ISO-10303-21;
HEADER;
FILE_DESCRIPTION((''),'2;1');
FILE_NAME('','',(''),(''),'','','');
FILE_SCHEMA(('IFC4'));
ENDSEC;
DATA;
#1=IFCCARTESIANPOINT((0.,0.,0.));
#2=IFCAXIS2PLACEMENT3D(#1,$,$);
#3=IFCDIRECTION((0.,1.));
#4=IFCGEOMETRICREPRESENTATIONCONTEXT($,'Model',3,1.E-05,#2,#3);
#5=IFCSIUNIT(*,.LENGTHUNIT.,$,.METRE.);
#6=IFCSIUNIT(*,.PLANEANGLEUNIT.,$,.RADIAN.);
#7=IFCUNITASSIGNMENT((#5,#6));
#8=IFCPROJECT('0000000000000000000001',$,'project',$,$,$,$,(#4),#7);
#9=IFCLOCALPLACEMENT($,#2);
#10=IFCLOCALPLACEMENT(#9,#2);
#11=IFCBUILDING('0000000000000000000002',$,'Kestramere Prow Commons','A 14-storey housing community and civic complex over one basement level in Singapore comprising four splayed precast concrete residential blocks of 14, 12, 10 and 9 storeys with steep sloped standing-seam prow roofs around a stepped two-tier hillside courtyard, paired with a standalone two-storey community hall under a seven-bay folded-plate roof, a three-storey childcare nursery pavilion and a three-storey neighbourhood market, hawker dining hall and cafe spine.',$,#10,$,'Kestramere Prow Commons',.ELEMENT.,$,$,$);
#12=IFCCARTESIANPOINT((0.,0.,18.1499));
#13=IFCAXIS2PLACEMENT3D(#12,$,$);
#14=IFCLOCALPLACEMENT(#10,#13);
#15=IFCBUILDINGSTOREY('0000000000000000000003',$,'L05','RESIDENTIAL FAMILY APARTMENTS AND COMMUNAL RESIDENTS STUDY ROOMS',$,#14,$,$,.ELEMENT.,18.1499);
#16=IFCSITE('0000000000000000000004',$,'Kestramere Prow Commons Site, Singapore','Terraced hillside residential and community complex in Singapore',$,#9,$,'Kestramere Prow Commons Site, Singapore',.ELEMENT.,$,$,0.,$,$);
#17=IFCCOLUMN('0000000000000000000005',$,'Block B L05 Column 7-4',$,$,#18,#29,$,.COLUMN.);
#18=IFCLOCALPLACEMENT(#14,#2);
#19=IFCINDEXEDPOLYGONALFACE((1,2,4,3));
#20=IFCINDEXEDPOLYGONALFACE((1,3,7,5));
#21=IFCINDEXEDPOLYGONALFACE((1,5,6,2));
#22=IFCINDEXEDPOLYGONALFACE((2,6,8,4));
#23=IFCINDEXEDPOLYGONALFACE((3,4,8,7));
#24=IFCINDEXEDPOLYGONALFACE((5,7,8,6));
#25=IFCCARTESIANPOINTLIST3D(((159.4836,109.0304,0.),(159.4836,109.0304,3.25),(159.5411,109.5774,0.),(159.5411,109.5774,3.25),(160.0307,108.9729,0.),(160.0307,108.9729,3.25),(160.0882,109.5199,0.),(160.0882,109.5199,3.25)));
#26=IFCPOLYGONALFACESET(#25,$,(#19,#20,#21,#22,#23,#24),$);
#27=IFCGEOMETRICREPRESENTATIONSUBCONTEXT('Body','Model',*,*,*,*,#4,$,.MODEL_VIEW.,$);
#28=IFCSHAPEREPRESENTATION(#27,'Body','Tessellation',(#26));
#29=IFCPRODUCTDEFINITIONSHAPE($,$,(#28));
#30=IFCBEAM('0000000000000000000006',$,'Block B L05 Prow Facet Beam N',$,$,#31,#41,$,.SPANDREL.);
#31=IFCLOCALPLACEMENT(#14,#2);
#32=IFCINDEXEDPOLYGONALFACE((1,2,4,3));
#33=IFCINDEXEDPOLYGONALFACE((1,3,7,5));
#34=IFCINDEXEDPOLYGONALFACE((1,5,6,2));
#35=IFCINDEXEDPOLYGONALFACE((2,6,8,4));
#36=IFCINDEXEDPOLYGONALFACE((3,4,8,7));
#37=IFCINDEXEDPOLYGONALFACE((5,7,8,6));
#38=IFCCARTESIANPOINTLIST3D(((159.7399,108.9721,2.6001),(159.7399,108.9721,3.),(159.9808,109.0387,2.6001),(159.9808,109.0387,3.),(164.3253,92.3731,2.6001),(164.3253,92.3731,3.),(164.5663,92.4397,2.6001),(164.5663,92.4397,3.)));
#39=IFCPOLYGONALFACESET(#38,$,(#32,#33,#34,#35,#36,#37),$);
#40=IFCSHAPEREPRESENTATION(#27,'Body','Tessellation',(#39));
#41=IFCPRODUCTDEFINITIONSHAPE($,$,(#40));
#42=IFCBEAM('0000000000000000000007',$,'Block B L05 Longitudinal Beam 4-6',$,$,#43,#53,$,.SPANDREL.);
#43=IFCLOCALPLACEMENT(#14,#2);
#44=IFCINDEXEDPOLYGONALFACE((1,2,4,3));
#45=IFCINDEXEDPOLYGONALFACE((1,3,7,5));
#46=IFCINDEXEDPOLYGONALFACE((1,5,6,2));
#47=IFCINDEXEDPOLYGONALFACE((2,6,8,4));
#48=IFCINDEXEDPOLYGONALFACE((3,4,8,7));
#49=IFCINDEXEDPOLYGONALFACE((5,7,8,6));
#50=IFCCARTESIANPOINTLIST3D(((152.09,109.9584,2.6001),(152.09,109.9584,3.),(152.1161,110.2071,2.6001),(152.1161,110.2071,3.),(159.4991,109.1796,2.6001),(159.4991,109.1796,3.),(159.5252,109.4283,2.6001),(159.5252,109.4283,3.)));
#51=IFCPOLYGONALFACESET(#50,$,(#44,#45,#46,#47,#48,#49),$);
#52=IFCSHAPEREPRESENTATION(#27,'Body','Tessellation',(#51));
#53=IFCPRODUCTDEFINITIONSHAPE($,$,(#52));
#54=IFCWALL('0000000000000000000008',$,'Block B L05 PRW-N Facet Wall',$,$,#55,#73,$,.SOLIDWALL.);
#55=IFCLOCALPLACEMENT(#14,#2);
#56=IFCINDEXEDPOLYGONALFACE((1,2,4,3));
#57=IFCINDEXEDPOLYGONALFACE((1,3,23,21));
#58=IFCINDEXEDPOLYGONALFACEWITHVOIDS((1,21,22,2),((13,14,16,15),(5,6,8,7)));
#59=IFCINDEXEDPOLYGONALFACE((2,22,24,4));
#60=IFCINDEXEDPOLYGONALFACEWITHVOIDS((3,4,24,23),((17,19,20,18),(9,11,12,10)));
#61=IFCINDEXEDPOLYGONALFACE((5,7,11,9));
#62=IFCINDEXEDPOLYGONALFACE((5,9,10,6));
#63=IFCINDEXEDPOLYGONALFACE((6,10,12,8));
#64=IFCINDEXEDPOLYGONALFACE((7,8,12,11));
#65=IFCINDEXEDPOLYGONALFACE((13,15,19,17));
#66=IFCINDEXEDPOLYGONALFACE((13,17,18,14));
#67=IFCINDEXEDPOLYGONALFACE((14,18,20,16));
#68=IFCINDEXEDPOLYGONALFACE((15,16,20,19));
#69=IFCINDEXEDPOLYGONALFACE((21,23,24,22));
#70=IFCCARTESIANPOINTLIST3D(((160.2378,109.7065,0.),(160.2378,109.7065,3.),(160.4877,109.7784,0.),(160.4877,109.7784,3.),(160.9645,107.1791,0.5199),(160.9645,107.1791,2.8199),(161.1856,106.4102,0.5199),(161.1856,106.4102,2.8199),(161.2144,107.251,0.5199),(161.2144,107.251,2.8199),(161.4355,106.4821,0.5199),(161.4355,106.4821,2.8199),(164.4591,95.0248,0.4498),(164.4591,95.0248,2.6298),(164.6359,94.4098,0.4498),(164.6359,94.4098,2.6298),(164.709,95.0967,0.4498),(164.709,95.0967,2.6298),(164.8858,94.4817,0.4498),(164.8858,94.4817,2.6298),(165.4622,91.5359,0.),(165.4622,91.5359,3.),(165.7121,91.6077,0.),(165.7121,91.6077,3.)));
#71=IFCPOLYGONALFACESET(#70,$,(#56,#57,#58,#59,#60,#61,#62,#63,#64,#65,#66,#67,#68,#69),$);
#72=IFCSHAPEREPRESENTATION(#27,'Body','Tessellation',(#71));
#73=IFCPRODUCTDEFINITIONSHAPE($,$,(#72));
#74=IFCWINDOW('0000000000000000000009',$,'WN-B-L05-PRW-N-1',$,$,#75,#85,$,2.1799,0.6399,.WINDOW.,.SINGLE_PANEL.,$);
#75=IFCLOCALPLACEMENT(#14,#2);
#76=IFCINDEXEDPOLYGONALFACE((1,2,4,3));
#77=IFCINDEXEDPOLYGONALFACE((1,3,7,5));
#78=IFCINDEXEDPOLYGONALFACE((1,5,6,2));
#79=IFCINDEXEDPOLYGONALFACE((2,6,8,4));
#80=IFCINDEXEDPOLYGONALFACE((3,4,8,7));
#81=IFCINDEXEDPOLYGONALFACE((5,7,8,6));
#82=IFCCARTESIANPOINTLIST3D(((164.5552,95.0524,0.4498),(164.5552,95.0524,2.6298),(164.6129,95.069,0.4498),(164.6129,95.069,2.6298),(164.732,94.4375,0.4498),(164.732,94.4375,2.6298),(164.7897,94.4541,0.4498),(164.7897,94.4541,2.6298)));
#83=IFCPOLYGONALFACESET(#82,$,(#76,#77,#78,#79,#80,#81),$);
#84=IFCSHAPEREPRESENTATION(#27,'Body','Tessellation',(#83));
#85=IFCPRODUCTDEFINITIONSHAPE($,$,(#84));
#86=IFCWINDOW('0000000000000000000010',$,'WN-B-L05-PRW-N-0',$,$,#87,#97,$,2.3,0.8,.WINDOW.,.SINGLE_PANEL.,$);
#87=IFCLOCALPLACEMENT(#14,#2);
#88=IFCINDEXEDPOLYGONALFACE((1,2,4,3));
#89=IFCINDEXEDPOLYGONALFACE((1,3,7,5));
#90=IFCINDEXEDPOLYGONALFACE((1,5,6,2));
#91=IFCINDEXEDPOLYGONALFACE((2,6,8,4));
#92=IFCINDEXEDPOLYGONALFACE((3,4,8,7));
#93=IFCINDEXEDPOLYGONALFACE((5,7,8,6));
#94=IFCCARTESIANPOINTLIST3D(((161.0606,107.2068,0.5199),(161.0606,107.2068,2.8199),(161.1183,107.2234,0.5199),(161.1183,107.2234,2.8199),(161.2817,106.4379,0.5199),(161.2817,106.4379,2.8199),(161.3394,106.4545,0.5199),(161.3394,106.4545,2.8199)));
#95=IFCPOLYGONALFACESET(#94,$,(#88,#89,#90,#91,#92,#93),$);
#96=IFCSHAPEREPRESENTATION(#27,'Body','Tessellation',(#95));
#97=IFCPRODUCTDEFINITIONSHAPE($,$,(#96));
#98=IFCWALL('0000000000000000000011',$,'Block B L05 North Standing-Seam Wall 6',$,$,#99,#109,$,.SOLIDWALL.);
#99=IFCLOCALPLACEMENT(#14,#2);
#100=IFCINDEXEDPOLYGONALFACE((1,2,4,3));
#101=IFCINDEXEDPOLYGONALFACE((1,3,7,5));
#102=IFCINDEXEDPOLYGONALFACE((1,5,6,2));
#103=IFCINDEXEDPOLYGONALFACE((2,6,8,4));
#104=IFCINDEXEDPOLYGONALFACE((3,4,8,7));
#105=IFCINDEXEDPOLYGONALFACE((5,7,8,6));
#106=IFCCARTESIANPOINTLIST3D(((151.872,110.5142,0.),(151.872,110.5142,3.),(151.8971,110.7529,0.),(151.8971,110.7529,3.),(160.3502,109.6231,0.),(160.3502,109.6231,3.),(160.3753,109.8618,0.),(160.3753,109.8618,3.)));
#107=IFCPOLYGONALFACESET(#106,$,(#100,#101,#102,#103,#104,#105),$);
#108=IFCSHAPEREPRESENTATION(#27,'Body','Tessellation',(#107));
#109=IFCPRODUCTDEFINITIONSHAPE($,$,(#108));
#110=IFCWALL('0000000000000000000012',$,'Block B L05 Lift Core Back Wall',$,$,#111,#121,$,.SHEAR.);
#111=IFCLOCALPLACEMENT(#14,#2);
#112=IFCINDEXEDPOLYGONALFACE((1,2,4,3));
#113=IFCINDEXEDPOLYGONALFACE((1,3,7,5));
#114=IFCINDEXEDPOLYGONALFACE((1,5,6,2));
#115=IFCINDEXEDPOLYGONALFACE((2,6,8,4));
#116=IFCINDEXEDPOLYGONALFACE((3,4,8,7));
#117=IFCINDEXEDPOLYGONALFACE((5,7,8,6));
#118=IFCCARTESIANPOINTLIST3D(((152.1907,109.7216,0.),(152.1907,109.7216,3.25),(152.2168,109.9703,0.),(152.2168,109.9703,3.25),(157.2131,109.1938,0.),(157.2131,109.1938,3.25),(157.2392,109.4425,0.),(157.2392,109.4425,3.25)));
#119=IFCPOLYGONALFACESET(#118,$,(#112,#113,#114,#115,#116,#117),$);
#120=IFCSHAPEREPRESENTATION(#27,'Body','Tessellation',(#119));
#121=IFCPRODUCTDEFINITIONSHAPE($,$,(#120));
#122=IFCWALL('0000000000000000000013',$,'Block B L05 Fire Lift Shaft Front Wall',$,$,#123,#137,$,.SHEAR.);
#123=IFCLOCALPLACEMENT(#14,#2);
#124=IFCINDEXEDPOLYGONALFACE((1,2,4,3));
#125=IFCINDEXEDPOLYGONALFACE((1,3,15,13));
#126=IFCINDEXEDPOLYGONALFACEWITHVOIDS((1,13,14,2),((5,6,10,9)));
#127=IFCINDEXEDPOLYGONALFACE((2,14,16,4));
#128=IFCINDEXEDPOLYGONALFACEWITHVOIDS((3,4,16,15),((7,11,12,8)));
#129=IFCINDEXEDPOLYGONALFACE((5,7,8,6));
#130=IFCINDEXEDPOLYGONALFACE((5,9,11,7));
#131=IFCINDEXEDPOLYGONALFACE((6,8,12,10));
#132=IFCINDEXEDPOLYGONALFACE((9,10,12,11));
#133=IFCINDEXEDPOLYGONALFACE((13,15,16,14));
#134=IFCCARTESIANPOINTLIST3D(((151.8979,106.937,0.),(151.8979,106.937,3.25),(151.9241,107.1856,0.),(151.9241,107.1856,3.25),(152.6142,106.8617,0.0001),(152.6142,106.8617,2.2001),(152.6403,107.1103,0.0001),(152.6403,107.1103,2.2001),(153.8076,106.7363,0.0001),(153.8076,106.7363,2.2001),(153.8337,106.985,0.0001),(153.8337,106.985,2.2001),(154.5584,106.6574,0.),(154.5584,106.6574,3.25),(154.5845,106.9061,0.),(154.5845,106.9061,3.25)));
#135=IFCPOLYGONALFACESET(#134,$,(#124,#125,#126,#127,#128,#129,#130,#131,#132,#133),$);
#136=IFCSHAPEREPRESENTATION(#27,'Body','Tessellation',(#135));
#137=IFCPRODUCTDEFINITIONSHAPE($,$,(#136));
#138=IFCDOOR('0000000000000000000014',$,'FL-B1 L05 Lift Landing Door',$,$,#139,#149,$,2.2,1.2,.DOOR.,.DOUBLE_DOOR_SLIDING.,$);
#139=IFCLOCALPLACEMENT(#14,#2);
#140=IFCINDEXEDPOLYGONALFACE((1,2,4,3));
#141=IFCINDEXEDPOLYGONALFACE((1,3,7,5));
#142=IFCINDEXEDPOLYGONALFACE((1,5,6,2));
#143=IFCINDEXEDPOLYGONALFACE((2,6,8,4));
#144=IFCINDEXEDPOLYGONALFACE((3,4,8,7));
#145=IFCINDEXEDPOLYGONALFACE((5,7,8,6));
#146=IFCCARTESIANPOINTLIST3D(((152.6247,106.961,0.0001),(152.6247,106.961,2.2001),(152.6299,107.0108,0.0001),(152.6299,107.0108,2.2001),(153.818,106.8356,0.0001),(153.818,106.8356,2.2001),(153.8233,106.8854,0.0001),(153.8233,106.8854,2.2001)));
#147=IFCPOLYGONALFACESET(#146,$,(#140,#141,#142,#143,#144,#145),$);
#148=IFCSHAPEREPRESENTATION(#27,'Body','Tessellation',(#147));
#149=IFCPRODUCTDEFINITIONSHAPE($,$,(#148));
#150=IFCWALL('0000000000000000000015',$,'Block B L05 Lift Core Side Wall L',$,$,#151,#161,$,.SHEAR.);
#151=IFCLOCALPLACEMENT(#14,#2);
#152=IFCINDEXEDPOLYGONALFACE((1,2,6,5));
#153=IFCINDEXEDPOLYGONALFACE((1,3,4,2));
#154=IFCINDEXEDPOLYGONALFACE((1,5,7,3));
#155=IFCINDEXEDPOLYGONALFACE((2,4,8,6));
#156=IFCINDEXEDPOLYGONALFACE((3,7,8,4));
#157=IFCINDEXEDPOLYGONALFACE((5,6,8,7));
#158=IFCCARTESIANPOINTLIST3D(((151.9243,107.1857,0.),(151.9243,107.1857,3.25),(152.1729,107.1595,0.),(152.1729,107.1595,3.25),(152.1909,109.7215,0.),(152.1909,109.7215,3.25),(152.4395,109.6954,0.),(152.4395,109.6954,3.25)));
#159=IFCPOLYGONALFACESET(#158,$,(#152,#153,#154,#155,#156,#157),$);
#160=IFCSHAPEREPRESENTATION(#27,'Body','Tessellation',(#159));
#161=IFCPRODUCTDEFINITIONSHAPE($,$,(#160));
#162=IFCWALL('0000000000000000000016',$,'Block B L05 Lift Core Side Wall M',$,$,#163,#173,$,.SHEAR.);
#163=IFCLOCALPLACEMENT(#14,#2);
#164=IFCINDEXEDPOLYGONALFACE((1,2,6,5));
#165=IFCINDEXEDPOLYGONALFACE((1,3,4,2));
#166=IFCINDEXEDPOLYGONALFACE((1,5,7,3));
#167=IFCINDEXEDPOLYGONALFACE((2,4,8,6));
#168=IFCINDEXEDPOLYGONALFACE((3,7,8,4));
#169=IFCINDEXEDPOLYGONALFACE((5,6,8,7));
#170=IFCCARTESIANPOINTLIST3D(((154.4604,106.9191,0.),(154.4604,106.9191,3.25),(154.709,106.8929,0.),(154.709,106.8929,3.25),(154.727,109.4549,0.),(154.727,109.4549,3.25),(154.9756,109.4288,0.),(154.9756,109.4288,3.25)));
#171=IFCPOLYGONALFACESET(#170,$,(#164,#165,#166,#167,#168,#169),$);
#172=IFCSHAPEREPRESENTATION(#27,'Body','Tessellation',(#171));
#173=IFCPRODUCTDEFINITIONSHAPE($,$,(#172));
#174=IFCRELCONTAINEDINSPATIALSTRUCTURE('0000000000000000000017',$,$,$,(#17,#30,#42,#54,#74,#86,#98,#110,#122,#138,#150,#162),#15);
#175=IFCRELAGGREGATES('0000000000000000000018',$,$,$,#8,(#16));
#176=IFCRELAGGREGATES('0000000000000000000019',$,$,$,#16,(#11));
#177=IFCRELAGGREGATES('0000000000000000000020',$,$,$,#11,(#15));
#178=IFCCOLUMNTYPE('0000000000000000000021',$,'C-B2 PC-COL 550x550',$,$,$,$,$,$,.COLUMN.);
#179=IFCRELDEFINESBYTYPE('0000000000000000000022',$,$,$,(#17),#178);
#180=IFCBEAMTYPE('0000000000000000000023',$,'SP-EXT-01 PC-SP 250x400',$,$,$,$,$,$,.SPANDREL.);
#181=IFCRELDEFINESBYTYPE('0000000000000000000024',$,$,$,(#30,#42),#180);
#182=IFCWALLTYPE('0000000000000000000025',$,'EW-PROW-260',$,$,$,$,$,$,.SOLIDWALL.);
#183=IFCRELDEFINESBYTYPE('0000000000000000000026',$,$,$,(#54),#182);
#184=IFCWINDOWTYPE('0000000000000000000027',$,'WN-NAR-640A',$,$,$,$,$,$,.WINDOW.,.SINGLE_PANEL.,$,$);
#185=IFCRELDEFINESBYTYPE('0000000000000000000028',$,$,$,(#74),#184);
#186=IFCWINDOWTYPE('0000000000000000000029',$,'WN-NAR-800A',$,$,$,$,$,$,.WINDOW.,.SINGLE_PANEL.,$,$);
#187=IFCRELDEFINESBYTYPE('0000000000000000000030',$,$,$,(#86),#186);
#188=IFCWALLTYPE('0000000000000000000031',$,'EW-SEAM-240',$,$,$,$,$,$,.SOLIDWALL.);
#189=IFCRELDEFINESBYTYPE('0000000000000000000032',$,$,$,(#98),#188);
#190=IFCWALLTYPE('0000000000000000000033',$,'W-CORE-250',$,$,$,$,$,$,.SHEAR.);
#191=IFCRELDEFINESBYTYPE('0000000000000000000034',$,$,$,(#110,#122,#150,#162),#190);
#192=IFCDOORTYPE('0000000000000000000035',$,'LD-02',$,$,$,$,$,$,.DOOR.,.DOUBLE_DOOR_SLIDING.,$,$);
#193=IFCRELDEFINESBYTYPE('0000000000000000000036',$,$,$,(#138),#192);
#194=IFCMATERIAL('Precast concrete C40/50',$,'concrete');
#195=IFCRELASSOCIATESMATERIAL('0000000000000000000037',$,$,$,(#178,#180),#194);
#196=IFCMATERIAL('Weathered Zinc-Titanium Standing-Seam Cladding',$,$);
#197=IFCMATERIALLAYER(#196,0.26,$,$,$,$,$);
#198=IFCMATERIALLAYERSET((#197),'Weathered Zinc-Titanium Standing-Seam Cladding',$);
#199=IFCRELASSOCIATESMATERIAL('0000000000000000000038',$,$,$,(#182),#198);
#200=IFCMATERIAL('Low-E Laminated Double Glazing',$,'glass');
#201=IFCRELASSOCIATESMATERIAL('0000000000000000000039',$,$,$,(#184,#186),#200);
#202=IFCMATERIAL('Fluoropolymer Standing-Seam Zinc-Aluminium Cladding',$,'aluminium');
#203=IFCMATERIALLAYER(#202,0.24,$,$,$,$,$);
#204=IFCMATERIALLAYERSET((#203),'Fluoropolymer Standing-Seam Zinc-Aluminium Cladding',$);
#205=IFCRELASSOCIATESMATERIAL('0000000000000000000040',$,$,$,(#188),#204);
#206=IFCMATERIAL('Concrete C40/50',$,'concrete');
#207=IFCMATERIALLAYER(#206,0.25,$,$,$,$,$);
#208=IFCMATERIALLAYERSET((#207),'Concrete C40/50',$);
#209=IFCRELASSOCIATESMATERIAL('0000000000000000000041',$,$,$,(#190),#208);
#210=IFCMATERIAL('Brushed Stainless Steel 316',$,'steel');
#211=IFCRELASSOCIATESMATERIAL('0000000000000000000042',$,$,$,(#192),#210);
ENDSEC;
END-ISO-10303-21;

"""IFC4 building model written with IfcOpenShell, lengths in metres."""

from ifc_helpers import new_model, si_unit, direction, frame, frame_2d, origin, origin_2d, place, context, subcontext, project, spatial, rectangle, extrude, material, layer, layer_set, material_profile, profile_set, type_object, element, fill, save


model = new_model("IFC4")

# Units and contexts
model_context = context("Model", 3, precision=1e-05, world=origin(), true_north=direction((0.0, 1.0)))
body_context = subcontext(model_context, "Body", "Model", "MODEL_VIEW")
ifc_project = project(units=[si_unit("LENGTHUNIT", "METRE"), si_unit("PLANEANGLEUNIT", "RADIAN")], contexts=[model_context])

# Site, building, storey
site_placement = place(None, origin())
site = spatial("IfcSite", under=ifc_project, at=site_placement, Name="Kestramere Prow Commons Site, Singapore", Description="Terraced hillside residential and community complex in Singapore", LongName="Kestramere Prow Commons Site, Singapore", CompositionType="ELEMENT", RefElevation=0.0)
building_placement = place(site_placement, origin())
building = spatial("IfcBuilding", under=site, at=building_placement, Name="Kestramere Prow Commons", Description="A 14-storey housing community and civic complex over one basement level in Singapore comprising four splayed precast concrete residential blocks of 14, 12, 10 and 9 storeys with steep sloped standing-seam prow roofs around a stepped two-tier hillside courtyard, paired with a standalone two-storey community hall under a seven-bay folded-plate roof, a three-storey childcare nursery pavilion and a three-storey neighbourhood market, hawker dining hall and cafe spine.", LongName="Kestramere Prow Commons", CompositionType="ELEMENT")
storey_placement = place(building_placement, frame((0.0, 0.0, 18.1499)))
storey = spatial("IfcBuildingStorey", under=building, at=storey_placement, Name="L05", Description="RESIDENTIAL FAMILY APARTMENTS AND COMMUNAL RESIDENTS STUDY ROOMS", CompositionType="ELEMENT", Elevation=18.1499)

# Column
ifc_material_1 = material(Name="Precast concrete C40/50", Category="concrete")
ifc_material_profile_1 = material_profile(ifc_material_1, rectangle(XDim=0.55, YDim=0.55, at=origin_2d()), Name="PC-COL 550x550")
ifc_profile_set_1 = profile_set([ifc_material_profile_1], Name="Precast concrete C40/50")
column_type = type_object("IfcColumnType", Name="C-B2 PC-COL 550x550", PredefinedType="COLUMN", material=ifc_profile_set_1)
column_placement = place(storey_placement, frame((159.7859, 109.2751, 0.0), z_axis=(0.0, 0.0, 1.0), x_axis=(0.994522, -0.104528, 0.0)))
element("IfcColumn", 1, at=column_placement, inside=storey, type_object=column_type, Name="Block B L05 Column 7-4", PredefinedType="COLUMN", context=body_context, shape_type="SweptSolid", body=[
    extrude(rectangle(XDim=0.55, YDim=0.55, at=origin_2d()), origin(), (0.0, 0.0, 1.0), 3.25),
])

# Beams
ifc_material_profile_2 = material_profile(ifc_material_1, rectangle(XDim=0.25, YDim=0.3999, at=origin_2d()), Name="PC-SP 250x400")
ifc_profile_set_2 = profile_set([ifc_material_profile_2], Name="Precast concrete C40/50")
beam_type = type_object("IfcBeamType", Name="SP-EXT-01 PC-SP 250x400", PredefinedType="SPANDREL", material=ifc_profile_set_2)
beam_1_placement = place(storey_placement, frame((159.8604, 109.0054, 2.8), z_axis=(0.266277, -0.963897, 0.0), x_axis=(0.963897, 0.266277, 0.0)))
element("IfcBeam", 2, at=beam_1_placement, inside=storey, type_object=beam_type, Name="Block B L05 Prow Facet Beam N", PredefinedType="SPANDREL", context=body_context, shape_type="SweptSolid", body=[
    extrude(rectangle(XDim=0.25, YDim=0.3999, at=origin_2d()), origin(), (0.0, 0.0, 1.0), 17.2207),
])
beam_2_placement = place(storey_placement, frame((152.103, 110.0828, 2.8), z_axis=(0.994521, -0.104538, 0.0), x_axis=(0.104538, 0.994521, 0.0)))
element("IfcBeam", 3, at=beam_2_placement, inside=storey, type_object=beam_type, Name="Block B L05 Longitudinal Beam 4-6", PredefinedType="SPANDREL", context=body_context, shape_type="SweptSolid", body=[
    extrude(rectangle(XDim=0.25, YDim=0.3999, at=origin_2d()), origin(), (0.0, 0.0, 1.0), 7.45),
])

# Wall, openings, windows
ifc_material_2 = material(Name="Weathered Zinc-Titanium Standing-Seam Cladding")
ifc_layer_1 = layer(ifc_material_2, 0.26)
ifc_layer_set_1 = layer_set([ifc_layer_1], Name="Weathered Zinc-Titanium Standing-Seam Cladding")
wall_type_1 = type_object("IfcWallType", Name="EW-PROW-260", PredefinedType="SOLIDWALL", material=ifc_layer_set_1)
wall_1_placement = place(storey_placement, frame((160.3628, 109.7424, 0.0), z_axis=(0.0, 0.0, 1.0), x_axis=(0.276322, -0.961065, 0.0)))
wall_1 = element("IfcWall", 4, at=wall_1_placement, inside=storey, type_object=wall_type_1, Name="Block B L05 PRW-N Facet Wall", PredefinedType="SOLIDWALL", context=body_context, shape_type="SweptSolid", body=[
    extrude(rectangle(XDim=18.9067, YDim=0.26, at=frame_2d((9.4534, 0.0))), origin(), (0.0, 0.0, 1.0), 3.0),
])
opening_1_placement = place(wall_1_placement, frame((2.6299, 0.0, 0.52)))
opening_1 = element("IfcOpeningElement", 5, at=opening_1_placement, cuts=wall_1, PredefinedType="OPENING", context=body_context, shape_type="SweptSolid", body=[
    extrude(rectangle(XDim=0.8, YDim=2.3, at=frame_2d((0.3999, 1.1499))), frame((0.0, 0.145, 0.0), z_axis=(0.0, -1.0, 0.0), x_axis=(1.0, 0.0, 0.0)), (0.0, 0.0, 1.0), 0.29),
])
opening_2_placement = place(wall_1_placement, frame((15.2766, 0.0, 0.45)))
opening_2 = element("IfcOpeningElement", 6, at=opening_2_placement, cuts=wall_1, PredefinedType="OPENING", context=body_context, shape_type="SweptSolid", body=[
    extrude(rectangle(XDim=0.6399, YDim=2.1799, at=frame_2d((0.3198, 1.0898))), frame((0.0, 0.145, 0.0), z_axis=(0.0, -1.0, 0.0), x_axis=(1.0, 0.0, 0.0)), (0.0, 0.0, 1.0), 0.29),
])
ifc_material_3 = material(Name="Low-E Laminated Double Glazing", Category="glass")
window_type_1 = type_object("IfcWindowType", Name="WN-NAR-640A", PartitioningType="SINGLE_PANEL", PredefinedType="WINDOW", material=ifc_material_3)
window_1_placement = place(opening_2_placement, origin())
window_1 = element("IfcWindow", 7, at=window_1_placement, inside=storey, type_object=window_type_1, Name="WN-B-L05-PRW-N-1", OverallHeight=2.1799, OverallWidth=0.6399, PartitioningType="SINGLE_PANEL", PredefinedType="WINDOW", context=body_context, shape_type="SweptSolid", body=[
    extrude(rectangle(XDim=0.6399, YDim=2.1799, at=frame_2d((0.3198, 1.0898))), frame((0.0, 0.03, 0.0), z_axis=(0.0, -1.0, 0.0), x_axis=(1.0, 0.0, 0.0)), (0.0, 0.0, 1.0), 0.0601),
])
fill(opening_2, window_1)
window_type_2 = type_object("IfcWindowType", Name="WN-NAR-800A", PartitioningType="SINGLE_PANEL", PredefinedType="WINDOW", material=ifc_material_3)
window_2_placement = place(opening_1_placement, origin())
window_2 = element("IfcWindow", 8, at=window_2_placement, inside=storey, type_object=window_type_2, Name="WN-B-L05-PRW-N-0", OverallHeight=2.3, OverallWidth=0.8, PartitioningType="SINGLE_PANEL", PredefinedType="WINDOW", context=body_context, shape_type="SweptSolid", body=[
    extrude(rectangle(XDim=0.8, YDim=2.3, at=frame_2d((0.3999, 1.1499))), frame((0.0, 0.03, 0.0), z_axis=(0.0, -1.0, 0.0), x_axis=(1.0, 0.0, 0.0)), (0.0, 0.0, 1.0), 0.0601),
])
fill(opening_1, window_2)

# Walls
ifc_material_4 = material(Name="Fluoropolymer Standing-Seam Zinc-Aluminium Cladding", Category="aluminium")
ifc_layer_2 = layer(ifc_material_4, 0.24)
ifc_layer_set_2 = layer_set([ifc_layer_2], Name="Fluoropolymer Standing-Seam Zinc-Aluminium Cladding")
wall_type_2 = type_object("IfcWallType", Name="EW-SEAM-240", PredefinedType="SOLIDWALL", material=ifc_layer_set_2)
wall_2_placement = place(storey_placement, frame((151.8845, 110.6335, 0.0), z_axis=(0.0, 0.0, 1.0), x_axis=(0.994522, -0.10453, 0.0)))
element("IfcWall", 9, at=wall_2_placement, inside=storey, type_object=wall_type_2, Name="Block B L05 North Standing-Seam Wall 6", PredefinedType="SOLIDWALL", context=body_context, shape_type="SweptSolid", body=[
    extrude(rectangle(XDim=8.5249, YDim=0.24, at=frame_2d((4.2625, 0.0))), origin(), (0.0, 0.0, 1.0), 3.0),
])
ifc_material_5 = material(Name="Concrete C40/50", Category="concrete")
ifc_layer_3 = layer(ifc_material_5, 0.25)
ifc_layer_set_3 = layer_set([ifc_layer_3], Name="Concrete C40/50")
wall_type_3 = type_object("IfcWallType", Name="W-CORE-250", PredefinedType="SHEAR", material=ifc_layer_set_3)
wall_3_placement = place(storey_placement, frame((152.2039, 109.8459, 0.0), z_axis=(0.0, 0.0, 1.0), x_axis=(0.994523, -0.104519, 0.0)))
element("IfcWall", 10, at=wall_3_placement, inside=storey, type_object=wall_type_3, Name="Block B L05 Lift Core Back Wall", PredefinedType="SHEAR", context=body_context, shape_type="SweptSolid", body=[
    extrude(rectangle(XDim=5.05, YDim=0.25, at=frame_2d((2.5249, 0.0))), origin(), (0.0, 0.0, 1.0), 3.25),
])

# Wall, opening, door
wall_4_placement = place(storey_placement, frame((151.9111, 107.0613, 0.0), z_axis=(0.0, 0.0, 1.0), x_axis=(0.994525, -0.1045, 0.0)))
wall_4 = element("IfcWall", 11, at=wall_4_placement, inside=storey, type_object=wall_type_3, Name="Block B L05 Fire Lift Shaft Front Wall", PredefinedType="SHEAR", context=body_context, shape_type="SweptSolid", body=[
    extrude(rectangle(XDim=2.675, YDim=0.25, at=frame_2d((1.3374, 0.0))), origin(), (0.0, 0.0, 1.0), 3.25),
])
opening_3_placement = place(wall_4_placement, frame((0.72, 0.0, 0.0)))
opening_3 = element("IfcOpeningElement", 12, at=opening_3_placement, cuts=wall_4, PredefinedType="OPENING", context=body_context, shape_type="SweptSolid", body=[
    extrude(rectangle(XDim=1.2, YDim=2.2, at=frame_2d((0.6001, 1.1001))), frame((0.0, 0.1399, 0.0), z_axis=(0.0, -1.0, 0.0), x_axis=(1.0, 0.0, 0.0)), (0.0, 0.0, 1.0), 0.28),
])
ifc_material_6 = material(Name="Brushed Stainless Steel 316", Category="steel")
door_type_1 = type_object("IfcDoorType", Name="LD-02", OperationType="DOUBLE_DOOR_SLIDING", PredefinedType="DOOR", material=ifc_material_6)
door_1_placement = place(opening_3_placement, origin())
door_1 = element("IfcDoor", 13, at=door_1_placement, inside=storey, type_object=door_type_1, Name="FL-B1 L05 Lift Landing Door", OperationType="DOUBLE_DOOR_SLIDING", OverallHeight=2.2, OverallWidth=1.2, PredefinedType="DOOR", context=body_context, shape_type="SweptSolid", body=[
    extrude(rectangle(XDim=1.2, YDim=2.2, at=frame_2d((0.6001, 1.1001))), frame((0.0, 0.0249, 0.0), z_axis=(0.0, -1.0, 0.0), x_axis=(1.0, 0.0, 0.0)), (0.0, 0.0, 1.0), 0.05),
])
fill(opening_3, door_1)

# Walls
for number, where, z_axis, x_axis, name in (
    (14, (152.0486, 107.1726, 0.0), (0.0, 0.0, 1.0), (0.104555, 0.994519, 0.0), "Block B L05 Lift Core Side Wall L"),
    (15, (154.5847, 106.906, 0.0), (0.0, 0.0, 1.0), (0.104555, 0.994519, 0.0), "Block B L05 Lift Core Side Wall M"),
):
    element("IfcWall", number, at=place(storey_placement, frame(where, z_axis=z_axis, x_axis=x_axis)), inside=storey, type_object=wall_type_3, Name=name, PredefinedType="SHEAR", context=body_context, shape_type="SweptSolid", body=[
        extrude(rectangle(XDim=2.5498, YDim=0.25, at=frame_2d((1.2749, 0.0))), origin(), (0.0, 0.0, 1.0), 3.25),
    ])

save(model, "model.ifc")
